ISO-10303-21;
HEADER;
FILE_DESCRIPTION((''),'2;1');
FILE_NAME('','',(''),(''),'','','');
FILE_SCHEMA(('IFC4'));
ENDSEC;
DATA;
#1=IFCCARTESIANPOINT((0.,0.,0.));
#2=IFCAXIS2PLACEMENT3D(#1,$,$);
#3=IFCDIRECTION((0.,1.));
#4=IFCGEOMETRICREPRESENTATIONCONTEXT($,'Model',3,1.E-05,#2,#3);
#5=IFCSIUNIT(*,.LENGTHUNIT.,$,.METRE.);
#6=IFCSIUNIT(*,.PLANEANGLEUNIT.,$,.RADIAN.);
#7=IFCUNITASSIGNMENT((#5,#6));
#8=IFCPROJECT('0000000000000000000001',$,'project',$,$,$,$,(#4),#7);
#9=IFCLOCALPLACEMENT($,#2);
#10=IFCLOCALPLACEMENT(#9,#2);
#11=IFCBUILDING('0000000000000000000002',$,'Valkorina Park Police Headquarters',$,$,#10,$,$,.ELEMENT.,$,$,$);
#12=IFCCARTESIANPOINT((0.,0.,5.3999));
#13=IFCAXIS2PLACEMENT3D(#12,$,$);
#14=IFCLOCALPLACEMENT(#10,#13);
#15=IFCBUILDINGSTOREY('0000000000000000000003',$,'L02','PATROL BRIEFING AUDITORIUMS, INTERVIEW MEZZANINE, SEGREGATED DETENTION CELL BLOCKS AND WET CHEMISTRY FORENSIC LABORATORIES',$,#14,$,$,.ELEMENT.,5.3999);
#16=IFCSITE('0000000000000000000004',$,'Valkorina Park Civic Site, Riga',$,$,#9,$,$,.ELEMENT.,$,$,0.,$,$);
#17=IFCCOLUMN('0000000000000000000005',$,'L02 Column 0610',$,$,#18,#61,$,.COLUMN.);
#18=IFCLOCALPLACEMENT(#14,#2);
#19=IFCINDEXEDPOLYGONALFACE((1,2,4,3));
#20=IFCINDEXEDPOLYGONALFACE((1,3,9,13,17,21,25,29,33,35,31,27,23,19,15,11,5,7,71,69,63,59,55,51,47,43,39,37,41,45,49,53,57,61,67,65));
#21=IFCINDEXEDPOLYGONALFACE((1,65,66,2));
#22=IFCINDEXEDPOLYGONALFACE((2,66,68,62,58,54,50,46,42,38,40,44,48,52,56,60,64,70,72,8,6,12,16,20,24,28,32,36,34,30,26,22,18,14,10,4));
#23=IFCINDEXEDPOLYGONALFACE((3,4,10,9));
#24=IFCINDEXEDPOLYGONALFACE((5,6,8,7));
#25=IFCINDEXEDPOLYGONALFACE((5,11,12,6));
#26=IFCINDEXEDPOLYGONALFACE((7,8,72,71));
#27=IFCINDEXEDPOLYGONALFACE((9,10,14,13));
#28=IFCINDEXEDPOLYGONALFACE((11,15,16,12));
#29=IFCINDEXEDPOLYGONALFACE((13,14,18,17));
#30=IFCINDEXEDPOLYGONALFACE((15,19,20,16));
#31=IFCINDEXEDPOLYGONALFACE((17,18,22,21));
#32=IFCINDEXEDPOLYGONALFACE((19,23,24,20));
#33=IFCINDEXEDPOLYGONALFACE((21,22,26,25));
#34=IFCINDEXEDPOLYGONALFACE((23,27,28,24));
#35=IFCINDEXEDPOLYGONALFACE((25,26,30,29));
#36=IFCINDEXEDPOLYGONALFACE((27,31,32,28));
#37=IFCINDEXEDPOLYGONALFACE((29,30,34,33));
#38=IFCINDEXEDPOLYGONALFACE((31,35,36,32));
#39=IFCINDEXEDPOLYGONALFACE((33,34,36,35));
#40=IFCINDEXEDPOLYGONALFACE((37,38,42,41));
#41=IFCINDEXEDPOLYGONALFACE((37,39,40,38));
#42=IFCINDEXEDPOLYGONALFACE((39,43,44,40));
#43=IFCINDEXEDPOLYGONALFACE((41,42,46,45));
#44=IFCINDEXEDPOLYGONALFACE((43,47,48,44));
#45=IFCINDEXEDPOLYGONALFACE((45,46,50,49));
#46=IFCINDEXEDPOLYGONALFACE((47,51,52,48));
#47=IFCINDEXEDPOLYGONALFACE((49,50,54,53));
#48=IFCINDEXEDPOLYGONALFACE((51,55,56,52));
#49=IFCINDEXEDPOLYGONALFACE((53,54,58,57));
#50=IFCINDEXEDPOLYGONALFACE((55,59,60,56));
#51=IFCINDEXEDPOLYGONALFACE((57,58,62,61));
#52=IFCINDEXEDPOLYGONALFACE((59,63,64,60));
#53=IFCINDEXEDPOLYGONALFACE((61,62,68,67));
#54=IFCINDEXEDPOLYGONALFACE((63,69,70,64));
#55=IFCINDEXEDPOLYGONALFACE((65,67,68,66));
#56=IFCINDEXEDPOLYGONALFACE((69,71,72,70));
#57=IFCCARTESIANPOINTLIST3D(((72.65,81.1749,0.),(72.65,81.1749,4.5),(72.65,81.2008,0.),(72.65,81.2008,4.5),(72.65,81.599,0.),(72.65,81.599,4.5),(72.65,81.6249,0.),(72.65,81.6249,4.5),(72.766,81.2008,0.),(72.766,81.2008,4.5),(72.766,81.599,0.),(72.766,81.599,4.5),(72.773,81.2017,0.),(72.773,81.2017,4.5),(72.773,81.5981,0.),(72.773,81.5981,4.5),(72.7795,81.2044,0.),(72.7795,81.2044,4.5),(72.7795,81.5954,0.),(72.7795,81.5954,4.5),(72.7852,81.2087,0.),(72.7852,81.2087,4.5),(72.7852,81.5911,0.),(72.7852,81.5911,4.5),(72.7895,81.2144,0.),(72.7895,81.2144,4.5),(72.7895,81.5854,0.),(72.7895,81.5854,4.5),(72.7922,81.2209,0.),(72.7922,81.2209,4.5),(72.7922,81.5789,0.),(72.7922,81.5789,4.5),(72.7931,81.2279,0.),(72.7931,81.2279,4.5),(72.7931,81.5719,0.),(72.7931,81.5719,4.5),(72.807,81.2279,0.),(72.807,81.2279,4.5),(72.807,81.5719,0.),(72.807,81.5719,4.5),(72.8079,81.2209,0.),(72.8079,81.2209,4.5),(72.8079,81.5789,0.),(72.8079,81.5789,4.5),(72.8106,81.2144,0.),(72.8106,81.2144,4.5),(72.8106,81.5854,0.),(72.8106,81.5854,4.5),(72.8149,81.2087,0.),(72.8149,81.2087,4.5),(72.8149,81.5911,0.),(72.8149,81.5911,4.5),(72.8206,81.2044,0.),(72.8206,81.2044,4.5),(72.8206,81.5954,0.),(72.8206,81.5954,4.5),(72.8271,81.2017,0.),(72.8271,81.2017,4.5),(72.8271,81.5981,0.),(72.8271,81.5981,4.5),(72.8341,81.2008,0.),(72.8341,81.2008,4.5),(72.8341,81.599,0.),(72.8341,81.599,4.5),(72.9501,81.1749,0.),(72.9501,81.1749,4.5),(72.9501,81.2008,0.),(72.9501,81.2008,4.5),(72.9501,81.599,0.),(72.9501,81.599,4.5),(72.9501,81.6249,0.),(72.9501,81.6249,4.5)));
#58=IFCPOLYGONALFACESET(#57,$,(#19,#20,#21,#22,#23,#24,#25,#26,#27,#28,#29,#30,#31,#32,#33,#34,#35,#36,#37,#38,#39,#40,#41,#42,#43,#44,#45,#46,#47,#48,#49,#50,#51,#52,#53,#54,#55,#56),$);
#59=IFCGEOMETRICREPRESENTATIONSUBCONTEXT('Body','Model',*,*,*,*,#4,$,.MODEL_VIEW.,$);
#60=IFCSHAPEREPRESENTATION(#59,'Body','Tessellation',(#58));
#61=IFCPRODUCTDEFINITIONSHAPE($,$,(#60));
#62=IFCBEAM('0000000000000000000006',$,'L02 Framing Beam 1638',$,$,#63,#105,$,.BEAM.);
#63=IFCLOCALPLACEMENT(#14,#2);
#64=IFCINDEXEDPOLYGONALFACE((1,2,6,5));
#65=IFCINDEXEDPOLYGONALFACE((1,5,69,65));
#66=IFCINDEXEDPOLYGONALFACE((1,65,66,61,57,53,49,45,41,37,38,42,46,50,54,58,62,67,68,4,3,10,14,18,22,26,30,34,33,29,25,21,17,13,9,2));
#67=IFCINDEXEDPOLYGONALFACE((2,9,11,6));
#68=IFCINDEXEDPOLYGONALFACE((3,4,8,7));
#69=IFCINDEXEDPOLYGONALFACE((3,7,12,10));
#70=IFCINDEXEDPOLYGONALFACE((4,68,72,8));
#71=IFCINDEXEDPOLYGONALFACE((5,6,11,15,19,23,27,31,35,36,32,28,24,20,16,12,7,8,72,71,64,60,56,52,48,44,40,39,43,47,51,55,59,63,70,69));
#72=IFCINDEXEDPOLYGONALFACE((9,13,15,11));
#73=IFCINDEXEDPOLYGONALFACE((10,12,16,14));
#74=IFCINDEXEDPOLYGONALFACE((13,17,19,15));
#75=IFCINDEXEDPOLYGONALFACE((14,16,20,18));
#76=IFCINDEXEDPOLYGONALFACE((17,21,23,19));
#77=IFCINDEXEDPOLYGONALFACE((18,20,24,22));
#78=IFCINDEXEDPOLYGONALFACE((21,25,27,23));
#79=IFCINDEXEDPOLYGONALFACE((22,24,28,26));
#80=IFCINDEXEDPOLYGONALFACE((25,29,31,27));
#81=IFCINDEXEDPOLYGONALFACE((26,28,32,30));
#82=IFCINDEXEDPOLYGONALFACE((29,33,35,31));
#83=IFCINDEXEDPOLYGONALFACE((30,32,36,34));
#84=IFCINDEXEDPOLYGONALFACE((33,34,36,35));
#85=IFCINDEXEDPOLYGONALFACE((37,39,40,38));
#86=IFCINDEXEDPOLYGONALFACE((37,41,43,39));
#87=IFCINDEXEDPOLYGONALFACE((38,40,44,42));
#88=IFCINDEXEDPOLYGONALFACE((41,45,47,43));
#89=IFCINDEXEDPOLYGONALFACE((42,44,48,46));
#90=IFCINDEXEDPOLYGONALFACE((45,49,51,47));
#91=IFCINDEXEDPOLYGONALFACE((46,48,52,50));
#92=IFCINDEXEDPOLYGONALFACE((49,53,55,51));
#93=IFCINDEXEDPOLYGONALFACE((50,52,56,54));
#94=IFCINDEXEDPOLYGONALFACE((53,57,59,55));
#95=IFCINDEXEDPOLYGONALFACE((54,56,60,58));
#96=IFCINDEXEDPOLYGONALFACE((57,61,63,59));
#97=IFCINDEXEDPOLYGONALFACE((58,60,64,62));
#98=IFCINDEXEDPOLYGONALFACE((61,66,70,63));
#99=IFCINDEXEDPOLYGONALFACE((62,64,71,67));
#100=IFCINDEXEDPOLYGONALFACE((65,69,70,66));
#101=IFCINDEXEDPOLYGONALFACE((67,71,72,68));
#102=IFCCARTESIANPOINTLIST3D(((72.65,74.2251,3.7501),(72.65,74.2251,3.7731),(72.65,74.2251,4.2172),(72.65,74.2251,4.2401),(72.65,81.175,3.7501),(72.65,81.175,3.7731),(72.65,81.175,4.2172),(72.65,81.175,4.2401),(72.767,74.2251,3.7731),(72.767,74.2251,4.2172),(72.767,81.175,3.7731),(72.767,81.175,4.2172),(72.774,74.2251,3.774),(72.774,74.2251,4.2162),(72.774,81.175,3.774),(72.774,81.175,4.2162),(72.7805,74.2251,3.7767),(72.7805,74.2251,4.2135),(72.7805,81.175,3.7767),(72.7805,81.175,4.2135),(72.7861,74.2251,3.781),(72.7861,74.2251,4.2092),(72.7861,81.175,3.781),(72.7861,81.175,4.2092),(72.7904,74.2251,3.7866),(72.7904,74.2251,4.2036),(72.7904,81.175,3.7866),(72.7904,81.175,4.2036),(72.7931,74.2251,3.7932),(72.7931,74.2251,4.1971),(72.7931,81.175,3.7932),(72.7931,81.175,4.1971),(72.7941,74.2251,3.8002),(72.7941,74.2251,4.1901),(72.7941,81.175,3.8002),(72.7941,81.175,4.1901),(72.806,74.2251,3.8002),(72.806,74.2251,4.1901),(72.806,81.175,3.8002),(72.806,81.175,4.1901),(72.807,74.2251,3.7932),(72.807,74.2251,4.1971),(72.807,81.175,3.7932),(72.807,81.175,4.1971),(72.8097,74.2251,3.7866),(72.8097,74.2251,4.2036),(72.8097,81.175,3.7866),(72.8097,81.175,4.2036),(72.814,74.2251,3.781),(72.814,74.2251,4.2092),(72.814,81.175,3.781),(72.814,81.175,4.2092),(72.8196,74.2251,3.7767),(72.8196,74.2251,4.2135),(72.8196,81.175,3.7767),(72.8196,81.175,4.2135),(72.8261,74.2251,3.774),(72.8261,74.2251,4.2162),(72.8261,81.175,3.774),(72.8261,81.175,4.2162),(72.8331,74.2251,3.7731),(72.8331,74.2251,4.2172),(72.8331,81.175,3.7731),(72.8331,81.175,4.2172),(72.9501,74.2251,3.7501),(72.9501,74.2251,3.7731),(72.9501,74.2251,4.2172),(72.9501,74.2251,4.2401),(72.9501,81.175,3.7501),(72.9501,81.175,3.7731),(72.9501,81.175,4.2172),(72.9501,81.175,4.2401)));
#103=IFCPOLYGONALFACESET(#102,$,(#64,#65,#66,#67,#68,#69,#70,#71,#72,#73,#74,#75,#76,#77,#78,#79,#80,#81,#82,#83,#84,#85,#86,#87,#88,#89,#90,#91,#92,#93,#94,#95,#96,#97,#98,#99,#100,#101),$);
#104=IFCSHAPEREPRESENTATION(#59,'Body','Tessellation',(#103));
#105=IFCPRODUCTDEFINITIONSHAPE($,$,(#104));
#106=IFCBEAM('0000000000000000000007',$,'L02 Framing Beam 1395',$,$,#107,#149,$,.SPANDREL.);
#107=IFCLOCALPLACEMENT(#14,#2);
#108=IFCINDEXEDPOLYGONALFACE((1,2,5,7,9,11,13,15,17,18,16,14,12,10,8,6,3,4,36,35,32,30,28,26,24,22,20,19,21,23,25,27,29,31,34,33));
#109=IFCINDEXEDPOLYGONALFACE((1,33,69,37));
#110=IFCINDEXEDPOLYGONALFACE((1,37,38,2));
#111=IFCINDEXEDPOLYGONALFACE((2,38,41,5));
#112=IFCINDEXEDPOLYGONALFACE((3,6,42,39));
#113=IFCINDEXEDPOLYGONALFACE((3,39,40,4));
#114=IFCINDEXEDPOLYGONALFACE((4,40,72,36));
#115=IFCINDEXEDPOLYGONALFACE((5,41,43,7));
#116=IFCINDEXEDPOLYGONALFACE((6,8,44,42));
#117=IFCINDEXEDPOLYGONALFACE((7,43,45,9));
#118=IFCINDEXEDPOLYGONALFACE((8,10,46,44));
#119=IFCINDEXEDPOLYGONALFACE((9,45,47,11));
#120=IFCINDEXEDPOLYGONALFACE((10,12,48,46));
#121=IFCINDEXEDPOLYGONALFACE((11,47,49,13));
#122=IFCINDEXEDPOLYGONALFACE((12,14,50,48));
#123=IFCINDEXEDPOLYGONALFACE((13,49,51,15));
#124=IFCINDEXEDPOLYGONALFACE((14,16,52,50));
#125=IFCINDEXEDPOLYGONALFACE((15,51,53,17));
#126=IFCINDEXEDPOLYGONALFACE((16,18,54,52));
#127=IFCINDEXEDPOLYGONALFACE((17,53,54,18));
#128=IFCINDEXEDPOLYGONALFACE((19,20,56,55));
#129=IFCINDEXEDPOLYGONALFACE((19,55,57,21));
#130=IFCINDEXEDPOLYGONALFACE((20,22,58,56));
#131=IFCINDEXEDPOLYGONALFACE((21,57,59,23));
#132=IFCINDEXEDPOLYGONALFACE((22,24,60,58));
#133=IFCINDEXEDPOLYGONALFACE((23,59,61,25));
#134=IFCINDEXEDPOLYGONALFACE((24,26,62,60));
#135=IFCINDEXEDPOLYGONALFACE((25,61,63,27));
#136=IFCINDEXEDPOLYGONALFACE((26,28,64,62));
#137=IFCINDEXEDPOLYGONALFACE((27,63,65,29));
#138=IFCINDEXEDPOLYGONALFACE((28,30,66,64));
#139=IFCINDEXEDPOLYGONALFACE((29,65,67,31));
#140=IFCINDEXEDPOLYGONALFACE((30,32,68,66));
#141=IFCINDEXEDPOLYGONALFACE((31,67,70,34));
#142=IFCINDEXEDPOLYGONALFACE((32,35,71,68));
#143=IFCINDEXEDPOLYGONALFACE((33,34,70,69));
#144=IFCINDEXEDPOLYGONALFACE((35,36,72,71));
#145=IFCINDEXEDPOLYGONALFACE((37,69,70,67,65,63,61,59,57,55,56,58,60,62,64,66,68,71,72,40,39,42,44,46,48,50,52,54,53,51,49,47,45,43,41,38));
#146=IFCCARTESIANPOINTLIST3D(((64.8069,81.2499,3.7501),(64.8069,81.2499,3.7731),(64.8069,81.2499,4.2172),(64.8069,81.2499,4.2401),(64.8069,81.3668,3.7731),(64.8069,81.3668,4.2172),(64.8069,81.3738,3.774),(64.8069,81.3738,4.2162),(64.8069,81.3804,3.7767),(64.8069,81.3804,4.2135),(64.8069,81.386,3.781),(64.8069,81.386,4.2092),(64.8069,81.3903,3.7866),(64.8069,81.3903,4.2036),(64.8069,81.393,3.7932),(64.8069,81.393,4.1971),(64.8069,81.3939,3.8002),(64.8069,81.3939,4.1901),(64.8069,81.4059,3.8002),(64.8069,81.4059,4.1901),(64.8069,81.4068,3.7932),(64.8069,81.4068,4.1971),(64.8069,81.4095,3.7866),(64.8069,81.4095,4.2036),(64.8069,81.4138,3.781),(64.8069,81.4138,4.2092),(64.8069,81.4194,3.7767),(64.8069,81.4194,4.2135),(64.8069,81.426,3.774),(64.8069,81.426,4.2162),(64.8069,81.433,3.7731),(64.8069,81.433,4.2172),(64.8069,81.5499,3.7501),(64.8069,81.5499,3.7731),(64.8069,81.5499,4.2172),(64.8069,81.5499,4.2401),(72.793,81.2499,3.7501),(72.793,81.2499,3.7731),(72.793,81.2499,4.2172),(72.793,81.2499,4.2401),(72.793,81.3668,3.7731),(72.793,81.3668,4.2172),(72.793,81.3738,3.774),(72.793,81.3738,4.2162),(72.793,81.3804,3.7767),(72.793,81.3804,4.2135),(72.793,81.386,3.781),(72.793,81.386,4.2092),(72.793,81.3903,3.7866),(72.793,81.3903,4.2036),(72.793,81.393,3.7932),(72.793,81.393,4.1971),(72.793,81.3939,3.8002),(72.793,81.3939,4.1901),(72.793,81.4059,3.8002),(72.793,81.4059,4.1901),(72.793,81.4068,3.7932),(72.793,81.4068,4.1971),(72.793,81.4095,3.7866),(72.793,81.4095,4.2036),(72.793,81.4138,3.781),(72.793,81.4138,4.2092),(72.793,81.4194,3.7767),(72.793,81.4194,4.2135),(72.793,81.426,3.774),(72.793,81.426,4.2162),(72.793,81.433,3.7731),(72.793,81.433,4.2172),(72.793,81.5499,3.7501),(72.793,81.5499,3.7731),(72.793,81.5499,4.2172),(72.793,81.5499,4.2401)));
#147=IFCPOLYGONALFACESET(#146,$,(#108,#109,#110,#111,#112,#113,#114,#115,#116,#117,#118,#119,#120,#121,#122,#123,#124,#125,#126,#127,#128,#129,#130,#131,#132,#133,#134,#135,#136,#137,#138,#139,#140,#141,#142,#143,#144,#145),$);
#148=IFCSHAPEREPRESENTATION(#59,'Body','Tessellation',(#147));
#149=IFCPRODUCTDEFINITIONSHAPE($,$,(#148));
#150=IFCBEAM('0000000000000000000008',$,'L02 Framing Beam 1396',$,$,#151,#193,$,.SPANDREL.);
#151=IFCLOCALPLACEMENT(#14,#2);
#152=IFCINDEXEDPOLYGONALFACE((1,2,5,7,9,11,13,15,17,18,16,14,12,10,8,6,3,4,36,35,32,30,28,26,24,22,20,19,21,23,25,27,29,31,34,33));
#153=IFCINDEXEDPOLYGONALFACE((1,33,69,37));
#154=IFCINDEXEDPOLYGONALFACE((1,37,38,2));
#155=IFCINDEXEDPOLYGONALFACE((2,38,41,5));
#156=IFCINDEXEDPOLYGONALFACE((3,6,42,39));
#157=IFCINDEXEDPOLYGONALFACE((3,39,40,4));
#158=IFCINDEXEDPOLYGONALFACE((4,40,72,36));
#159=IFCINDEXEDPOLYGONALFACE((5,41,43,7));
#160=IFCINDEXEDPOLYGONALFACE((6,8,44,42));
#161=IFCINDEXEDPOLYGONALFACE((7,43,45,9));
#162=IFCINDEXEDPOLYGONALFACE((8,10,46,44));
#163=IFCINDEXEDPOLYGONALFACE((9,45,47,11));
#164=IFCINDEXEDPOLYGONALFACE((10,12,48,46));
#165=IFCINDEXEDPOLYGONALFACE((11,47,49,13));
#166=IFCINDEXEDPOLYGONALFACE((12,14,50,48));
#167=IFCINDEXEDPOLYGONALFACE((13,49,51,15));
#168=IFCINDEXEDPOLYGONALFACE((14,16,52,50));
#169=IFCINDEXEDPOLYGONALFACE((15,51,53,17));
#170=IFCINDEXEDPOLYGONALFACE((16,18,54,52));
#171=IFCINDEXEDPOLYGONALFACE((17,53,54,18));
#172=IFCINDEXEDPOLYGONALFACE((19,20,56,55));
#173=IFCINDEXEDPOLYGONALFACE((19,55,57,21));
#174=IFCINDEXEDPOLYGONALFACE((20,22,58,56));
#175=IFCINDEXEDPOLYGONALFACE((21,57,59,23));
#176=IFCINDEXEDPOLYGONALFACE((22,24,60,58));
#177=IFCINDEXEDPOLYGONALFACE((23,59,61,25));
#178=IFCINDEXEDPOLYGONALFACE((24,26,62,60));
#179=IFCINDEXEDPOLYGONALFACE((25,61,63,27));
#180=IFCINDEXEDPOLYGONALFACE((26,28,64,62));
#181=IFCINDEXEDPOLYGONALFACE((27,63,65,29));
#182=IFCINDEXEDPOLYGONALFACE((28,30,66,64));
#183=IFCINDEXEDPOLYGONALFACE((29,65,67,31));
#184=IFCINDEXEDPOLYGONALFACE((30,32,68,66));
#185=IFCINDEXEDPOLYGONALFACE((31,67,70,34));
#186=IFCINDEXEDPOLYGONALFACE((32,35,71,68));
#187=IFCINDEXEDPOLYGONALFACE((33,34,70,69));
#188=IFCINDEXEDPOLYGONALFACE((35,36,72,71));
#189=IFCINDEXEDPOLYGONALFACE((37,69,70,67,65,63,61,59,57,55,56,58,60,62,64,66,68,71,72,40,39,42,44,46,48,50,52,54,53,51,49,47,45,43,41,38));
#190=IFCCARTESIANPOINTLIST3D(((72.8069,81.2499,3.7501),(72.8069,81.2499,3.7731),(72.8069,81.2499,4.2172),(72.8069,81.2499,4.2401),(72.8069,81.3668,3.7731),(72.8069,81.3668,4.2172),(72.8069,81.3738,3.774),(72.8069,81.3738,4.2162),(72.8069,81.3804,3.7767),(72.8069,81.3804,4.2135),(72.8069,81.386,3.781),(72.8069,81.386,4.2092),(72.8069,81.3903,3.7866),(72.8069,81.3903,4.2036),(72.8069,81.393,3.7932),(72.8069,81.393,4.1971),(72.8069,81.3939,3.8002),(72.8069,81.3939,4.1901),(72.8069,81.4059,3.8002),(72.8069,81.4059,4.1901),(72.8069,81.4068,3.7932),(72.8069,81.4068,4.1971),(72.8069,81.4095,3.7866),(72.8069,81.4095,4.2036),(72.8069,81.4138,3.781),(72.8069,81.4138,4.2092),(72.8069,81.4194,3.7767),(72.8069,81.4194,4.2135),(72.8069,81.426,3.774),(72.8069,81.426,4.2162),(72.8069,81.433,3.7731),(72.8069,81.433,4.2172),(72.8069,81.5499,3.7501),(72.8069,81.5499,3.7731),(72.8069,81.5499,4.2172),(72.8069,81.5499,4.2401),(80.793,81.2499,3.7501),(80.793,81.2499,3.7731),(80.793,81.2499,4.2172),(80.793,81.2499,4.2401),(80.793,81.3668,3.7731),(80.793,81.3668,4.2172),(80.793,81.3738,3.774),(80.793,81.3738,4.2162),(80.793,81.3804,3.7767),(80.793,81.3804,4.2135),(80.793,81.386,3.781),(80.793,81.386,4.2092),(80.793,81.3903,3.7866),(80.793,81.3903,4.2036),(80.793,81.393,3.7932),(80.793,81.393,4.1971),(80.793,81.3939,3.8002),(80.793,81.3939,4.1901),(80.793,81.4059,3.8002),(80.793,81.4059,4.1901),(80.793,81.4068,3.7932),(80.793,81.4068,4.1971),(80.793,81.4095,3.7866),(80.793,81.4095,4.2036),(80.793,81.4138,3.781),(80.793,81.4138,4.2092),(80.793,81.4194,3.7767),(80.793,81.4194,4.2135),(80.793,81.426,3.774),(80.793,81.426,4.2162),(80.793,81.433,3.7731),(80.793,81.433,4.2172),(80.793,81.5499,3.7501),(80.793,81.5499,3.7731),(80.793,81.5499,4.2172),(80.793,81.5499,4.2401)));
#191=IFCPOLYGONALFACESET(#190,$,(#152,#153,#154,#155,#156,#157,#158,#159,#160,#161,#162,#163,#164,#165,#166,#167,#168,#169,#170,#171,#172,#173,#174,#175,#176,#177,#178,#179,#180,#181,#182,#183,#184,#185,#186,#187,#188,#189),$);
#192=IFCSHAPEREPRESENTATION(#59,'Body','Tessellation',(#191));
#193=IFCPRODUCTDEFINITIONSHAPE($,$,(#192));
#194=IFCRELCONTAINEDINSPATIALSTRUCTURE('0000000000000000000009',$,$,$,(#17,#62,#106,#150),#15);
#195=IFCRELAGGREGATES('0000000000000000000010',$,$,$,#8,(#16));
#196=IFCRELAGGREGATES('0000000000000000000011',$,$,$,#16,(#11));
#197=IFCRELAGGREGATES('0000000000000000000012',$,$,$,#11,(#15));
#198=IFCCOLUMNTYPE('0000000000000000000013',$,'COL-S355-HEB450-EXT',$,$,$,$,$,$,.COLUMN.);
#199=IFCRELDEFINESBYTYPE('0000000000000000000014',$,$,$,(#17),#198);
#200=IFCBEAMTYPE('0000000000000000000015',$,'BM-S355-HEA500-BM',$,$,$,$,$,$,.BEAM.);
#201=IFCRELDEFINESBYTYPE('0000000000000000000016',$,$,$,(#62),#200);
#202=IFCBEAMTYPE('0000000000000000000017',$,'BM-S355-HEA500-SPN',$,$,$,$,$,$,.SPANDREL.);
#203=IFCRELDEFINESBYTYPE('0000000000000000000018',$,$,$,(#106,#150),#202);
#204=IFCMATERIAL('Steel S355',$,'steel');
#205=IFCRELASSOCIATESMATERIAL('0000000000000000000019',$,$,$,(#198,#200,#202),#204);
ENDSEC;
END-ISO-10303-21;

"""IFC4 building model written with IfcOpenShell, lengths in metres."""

from ifc_helpers import new_model, si_unit, direction, frame, origin, origin_2d, place, context, subcontext, project, spatial, i_section, extrude, material, material_profile, profile_set, type_object, element, save


model = new_model("IFC4")

# Units and contexts
model_context = context("Model", 3, precision=1e-05, world=origin(), true_north=direction((0.0, 1.0)))
body_context = subcontext(model_context, "Body", "Model", "MODEL_VIEW")
ifc_project = project(units=[si_unit("LENGTHUNIT", "METRE"), si_unit("PLANEANGLEUNIT", "RADIAN")], contexts=[model_context])

# Site, building, storey
site_placement = place(None, origin())
site = spatial("IfcSite", under=ifc_project, at=site_placement, Name="Valkorina Park Civic Site, Riga", CompositionType="ELEMENT", RefElevation=0.0)
building_placement = place(site_placement, origin())
building = spatial("IfcBuilding", under=site, at=building_placement, Name="Valkorina Park Police Headquarters", CompositionType="ELEMENT")
storey_placement = place(building_placement, frame((0.0, 0.0, 5.3999)))
storey = spatial("IfcBuildingStorey", under=building, at=storey_placement, Name="L02", Description="PATROL BRIEFING AUDITORIUMS, INTERVIEW MEZZANINE, SEGREGATED DETENTION CELL BLOCKS AND WET CHEMISTRY FORENSIC LABORATORIES", CompositionType="ELEMENT", Elevation=5.3999)

# Column
ifc_material_1 = material(Name="Steel S355", Category="steel")
ifc_material_profile_1 = material_profile(ifc_material_1, i_section(OverallWidth=0.3, OverallDepth=0.45, WebThickness=0.0139, FlangeThickness=0.0259, FilletRadius=0.0271, at=origin_2d()), Name="HEB 450")
ifc_profile_set_1 = profile_set([ifc_material_profile_1], Name="Steel S355")
column_type = type_object("IfcColumnType", Name="COL-S355-HEB450-EXT", PredefinedType="COLUMN", material=ifc_profile_set_1)
column_placement = place(storey_placement, frame((72.8, 81.3999, 0.0), z_axis=(0.0, 0.0, 1.0), x_axis=(1.0, 0.0, 0.0)))
element("IfcColumn", 1, at=column_placement, inside=storey, type_object=column_type, Name="L02 Column 0610", PredefinedType="COLUMN", context=body_context, shape_type="SweptSolid", body=[
    extrude(i_section(OverallWidth=0.3, OverallDepth=0.45, WebThickness=0.0139, FlangeThickness=0.0259, FilletRadius=0.0271, at=origin_2d()), origin(), (0.0, 0.0, 1.0), 4.5),
])

# Beams
ifc_material_profile_2 = material_profile(ifc_material_1, i_section(OverallWidth=0.3, OverallDepth=0.49, WebThickness=0.012, FlangeThickness=0.0229, FilletRadius=0.0271, at=origin_2d()), Name="HEA 500")
ifc_profile_set_2 = profile_set([ifc_material_profile_2], Name="Steel S355")
beam_type_1 = type_object("IfcBeamType", Name="BM-S355-HEA500-BM", PredefinedType="BEAM", material=ifc_profile_set_2)
beam_placement = place(storey_placement, frame((72.8, 74.2251, 3.9951), z_axis=(0.0, 1.0, 0.0), x_axis=(-1.0, 0.0, 0.0)))
element("IfcBeam", 2, at=beam_placement, inside=storey, type_object=beam_type_1, Name="L02 Framing Beam 1638", PredefinedType="BEAM", context=body_context, shape_type="SweptSolid", body=[
    extrude(i_section(OverallWidth=0.3, OverallDepth=0.49, WebThickness=0.012, FlangeThickness=0.0229, FilletRadius=0.0271, at=origin_2d()), origin(), (0.0, 0.0, 1.0), 6.95),
])
ifc_material_profile_3 = material_profile(ifc_material_1, i_section(OverallWidth=0.3, OverallDepth=0.49, WebThickness=0.012, FlangeThickness=0.0229, FilletRadius=0.0271, at=origin_2d()), Name="HEA 500")
ifc_profile_set_3 = profile_set([ifc_material_profile_3], Name="Steel S355")
beam_type_2 = type_object("IfcBeamType", Name="BM-S355-HEA500-SPN", PredefinedType="SPANDREL", material=ifc_profile_set_3)
for number, where, z_axis, x_axis, name in (
    (3, (64.8069, 81.3999, 3.9951), (1.0, 0.0, 0.0), (0.0, 1.0, 0.0), "L02 Framing Beam 1395"),
    (4, (72.8069, 81.3999, 3.9951), (1.0, 0.0, 0.0), (0.0, 1.0, 0.0), "L02 Framing Beam 1396"),
):
    element("IfcBeam", number, at=place(storey_placement, frame(where, z_axis=z_axis, x_axis=x_axis)), inside=storey, type_object=beam_type_2, Name=name, PredefinedType="SPANDREL", context=body_context, shape_type="SweptSolid", body=[
        extrude(i_section(OverallWidth=0.3, OverallDepth=0.49, WebThickness=0.012, FlangeThickness=0.0229, FilletRadius=0.0271, at=origin_2d()), origin(), (0.0, 0.0, 1.0), 7.9861),
    ])

save(model, "model.ifc")
